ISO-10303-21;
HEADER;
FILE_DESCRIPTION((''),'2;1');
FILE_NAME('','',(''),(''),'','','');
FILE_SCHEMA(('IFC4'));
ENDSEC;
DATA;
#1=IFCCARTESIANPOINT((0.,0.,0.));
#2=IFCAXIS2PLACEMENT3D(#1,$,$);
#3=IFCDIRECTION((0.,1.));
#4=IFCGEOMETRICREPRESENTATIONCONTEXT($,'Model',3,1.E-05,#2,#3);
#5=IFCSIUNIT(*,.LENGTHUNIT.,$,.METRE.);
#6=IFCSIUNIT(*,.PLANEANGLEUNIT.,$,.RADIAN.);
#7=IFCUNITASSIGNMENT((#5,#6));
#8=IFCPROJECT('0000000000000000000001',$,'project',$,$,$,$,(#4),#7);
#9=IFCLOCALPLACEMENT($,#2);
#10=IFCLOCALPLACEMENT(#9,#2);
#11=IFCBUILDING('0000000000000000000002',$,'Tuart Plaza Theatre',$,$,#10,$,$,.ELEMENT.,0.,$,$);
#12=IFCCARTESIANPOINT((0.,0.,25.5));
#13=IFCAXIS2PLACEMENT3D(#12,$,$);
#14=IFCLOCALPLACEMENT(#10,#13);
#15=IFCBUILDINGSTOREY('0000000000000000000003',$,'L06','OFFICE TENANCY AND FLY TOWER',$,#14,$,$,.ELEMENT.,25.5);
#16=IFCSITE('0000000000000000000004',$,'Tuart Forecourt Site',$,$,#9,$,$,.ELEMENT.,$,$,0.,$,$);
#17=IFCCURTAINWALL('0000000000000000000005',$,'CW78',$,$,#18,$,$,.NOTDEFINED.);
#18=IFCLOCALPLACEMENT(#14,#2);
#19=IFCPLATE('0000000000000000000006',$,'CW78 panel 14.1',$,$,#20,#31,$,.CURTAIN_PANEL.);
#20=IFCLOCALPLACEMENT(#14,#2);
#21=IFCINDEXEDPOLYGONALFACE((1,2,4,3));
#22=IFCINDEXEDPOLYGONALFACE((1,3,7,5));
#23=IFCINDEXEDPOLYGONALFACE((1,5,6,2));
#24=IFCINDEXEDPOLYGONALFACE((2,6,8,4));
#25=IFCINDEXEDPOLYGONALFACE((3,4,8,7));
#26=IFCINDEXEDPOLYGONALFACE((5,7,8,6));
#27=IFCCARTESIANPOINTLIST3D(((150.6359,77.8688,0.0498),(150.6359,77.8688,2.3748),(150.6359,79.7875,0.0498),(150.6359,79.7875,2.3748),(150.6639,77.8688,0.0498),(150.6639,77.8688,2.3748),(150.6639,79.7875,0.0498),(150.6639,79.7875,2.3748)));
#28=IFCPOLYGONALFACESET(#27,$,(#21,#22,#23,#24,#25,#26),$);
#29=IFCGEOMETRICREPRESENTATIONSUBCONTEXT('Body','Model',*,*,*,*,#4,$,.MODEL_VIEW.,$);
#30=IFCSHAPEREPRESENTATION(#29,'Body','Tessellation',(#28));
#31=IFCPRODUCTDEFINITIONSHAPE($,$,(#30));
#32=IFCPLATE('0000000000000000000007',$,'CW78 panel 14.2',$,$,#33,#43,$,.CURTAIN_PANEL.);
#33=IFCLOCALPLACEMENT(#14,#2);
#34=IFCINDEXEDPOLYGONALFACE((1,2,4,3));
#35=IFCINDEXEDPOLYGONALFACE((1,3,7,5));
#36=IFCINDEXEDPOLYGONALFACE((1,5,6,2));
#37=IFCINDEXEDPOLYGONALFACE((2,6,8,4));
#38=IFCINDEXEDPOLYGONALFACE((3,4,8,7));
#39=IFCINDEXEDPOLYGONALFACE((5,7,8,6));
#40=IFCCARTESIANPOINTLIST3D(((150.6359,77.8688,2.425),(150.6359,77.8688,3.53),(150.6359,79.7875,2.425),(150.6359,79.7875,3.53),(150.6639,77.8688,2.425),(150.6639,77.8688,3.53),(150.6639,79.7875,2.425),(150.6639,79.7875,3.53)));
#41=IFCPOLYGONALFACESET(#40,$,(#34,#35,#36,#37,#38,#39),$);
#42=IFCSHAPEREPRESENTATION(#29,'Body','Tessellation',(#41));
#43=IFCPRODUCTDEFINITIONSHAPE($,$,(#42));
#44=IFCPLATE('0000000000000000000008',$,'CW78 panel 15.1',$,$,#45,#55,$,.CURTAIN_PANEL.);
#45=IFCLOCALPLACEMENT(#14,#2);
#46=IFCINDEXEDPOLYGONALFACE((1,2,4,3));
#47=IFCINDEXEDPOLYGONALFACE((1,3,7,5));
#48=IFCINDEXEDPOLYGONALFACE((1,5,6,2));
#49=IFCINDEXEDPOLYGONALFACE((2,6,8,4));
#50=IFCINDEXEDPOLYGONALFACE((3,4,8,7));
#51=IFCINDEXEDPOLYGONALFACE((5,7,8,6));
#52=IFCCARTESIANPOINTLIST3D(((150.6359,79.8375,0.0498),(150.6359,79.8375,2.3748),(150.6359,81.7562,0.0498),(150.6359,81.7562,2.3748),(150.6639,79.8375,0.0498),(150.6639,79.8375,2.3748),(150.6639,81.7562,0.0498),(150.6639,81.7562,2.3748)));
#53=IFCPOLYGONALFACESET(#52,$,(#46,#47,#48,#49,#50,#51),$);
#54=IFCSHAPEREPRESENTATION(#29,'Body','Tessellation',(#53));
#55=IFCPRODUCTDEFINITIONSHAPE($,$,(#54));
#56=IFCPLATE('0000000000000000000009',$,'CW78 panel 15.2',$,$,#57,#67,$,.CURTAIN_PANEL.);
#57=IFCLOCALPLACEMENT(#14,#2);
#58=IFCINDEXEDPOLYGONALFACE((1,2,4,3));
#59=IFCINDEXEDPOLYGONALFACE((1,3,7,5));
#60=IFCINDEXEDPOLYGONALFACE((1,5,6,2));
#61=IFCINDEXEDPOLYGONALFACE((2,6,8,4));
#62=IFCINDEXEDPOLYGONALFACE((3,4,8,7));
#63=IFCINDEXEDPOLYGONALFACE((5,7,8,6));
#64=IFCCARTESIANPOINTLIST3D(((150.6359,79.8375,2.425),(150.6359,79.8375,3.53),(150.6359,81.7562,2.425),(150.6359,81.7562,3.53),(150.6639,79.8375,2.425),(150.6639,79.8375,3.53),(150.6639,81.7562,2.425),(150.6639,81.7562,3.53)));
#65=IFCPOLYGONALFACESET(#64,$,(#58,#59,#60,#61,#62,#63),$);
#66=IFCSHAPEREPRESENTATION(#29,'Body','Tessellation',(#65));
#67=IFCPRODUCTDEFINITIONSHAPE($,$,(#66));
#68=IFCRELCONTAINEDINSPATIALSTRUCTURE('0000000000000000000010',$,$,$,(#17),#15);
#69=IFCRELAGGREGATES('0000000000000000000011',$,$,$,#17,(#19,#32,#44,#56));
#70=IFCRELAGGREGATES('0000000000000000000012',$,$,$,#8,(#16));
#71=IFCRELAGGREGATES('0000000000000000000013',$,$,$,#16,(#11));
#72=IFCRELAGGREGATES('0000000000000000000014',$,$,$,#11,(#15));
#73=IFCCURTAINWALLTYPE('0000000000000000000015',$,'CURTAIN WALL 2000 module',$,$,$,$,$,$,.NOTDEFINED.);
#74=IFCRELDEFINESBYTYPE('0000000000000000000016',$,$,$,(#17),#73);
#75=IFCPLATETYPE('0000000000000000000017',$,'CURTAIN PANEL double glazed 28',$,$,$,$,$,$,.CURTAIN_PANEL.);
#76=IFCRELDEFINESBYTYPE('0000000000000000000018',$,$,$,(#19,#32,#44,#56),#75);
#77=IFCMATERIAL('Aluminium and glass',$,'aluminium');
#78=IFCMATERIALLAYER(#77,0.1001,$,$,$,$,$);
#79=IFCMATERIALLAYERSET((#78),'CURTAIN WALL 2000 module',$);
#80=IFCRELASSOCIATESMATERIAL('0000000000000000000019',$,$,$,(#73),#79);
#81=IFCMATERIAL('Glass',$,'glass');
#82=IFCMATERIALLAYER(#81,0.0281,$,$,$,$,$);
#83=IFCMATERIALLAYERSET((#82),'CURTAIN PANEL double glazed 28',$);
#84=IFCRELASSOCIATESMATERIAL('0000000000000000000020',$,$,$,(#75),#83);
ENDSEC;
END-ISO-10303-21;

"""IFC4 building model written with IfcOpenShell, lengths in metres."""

from ifc_helpers import new_model, si_unit, direction, frame, origin, origin_2d, place, context, subcontext, project, spatial, rectangle, extrude, material, layer, layer_set, type_object, element, aggregate, save


model = new_model("IFC4")

# Units and contexts
model_context = context("Model", 3, precision=1e-05, world=origin(), true_north=direction((0.0, 1.0)))
body_context = subcontext(model_context, "Body", "Model", "MODEL_VIEW")
ifc_project = project(units=[si_unit("LENGTHUNIT", "METRE"), si_unit("PLANEANGLEUNIT", "RADIAN")], contexts=[model_context])

# Site, building, storey
site_placement = place(None, origin())
site = spatial("IfcSite", under=ifc_project, at=site_placement, Name="Tuart Forecourt Site", CompositionType="ELEMENT", RefElevation=0.0)
building_placement = place(site_placement, origin())
building = spatial("IfcBuilding", under=site, at=building_placement, Name="Tuart Plaza Theatre", CompositionType="ELEMENT", ElevationOfRefHeight=0.0)
storey_placement = place(building_placement, frame((0.0, 0.0, 25.5)))
storey = spatial("IfcBuildingStorey", under=building, at=storey_placement, Name="L06", Description="OFFICE TENANCY AND FLY TOWER", CompositionType="ELEMENT", Elevation=25.5)

# Curtain wall, plates
ifc_material_1 = material(Name="Aluminium and glass", Category="aluminium")
ifc_layer_1 = layer(ifc_material_1, 0.1001)
ifc_layer_set_1 = layer_set([ifc_layer_1], Name="CURTAIN WALL 2000 module")
curtain_wall_type = type_object("IfcCurtainWallType", Name="CURTAIN WALL 2000 module", PredefinedType="NOTDEFINED", material=ifc_layer_set_1)
curtain_wall_placement = place(storey_placement, origin())
curtain_wall = element("IfcCurtainWall", 1, at=curtain_wall_placement, inside=storey, type_object=curtain_wall_type, Name="CW78", PredefinedType="NOTDEFINED")
ifc_material_2 = material(Name="Glass", Category="glass")
ifc_layer_2 = layer(ifc_material_2, 0.0281)
ifc_layer_set_2 = layer_set([ifc_layer_2], Name="CURTAIN PANEL double glazed 28")
plate_type = type_object("IfcPlateType", Name="CURTAIN PANEL double glazed 28", PredefinedType="CURTAIN_PANEL", material=ifc_layer_set_2)
plate_1_placement = place(storey_placement, frame((150.6499, 78.8281, 0.0498), z_axis=(0.0, 0.0, 1.0), x_axis=(0.0, 1.0, 0.0)))
plate_1 = element("IfcPlate", 2, at=plate_1_placement, type_object=plate_type, Name="CW78 panel 14.1", PredefinedType="CURTAIN_PANEL", context=body_context, shape_type="SweptSolid", body=[
    extrude(rectangle(XDim=1.9187, YDim=0.0281, at=origin_2d()), origin(), (0.0, 0.0, 1.0), 2.325),
])
plate_2_placement = place(storey_placement, frame((150.6499, 78.8281, 2.425), z_axis=(0.0, 0.0, 1.0), x_axis=(0.0, 1.0, 0.0)))
plate_2 = element("IfcPlate", 3, at=plate_2_placement, type_object=plate_type, Name="CW78 panel 14.2", PredefinedType="CURTAIN_PANEL", context=body_context, shape_type="SweptSolid", body=[
    extrude(rectangle(XDim=1.9187, YDim=0.0281, at=origin_2d()), origin(), (0.0, 0.0, 1.0), 1.105),
])
plate_3_placement = place(storey_placement, frame((150.6499, 80.7969, 0.0498), z_axis=(0.0, 0.0, 1.0), x_axis=(0.0, 1.0, 0.0)))
plate_3 = element("IfcPlate", 4, at=plate_3_placement, type_object=plate_type, Name="CW78 panel 15.1", PredefinedType="CURTAIN_PANEL", context=body_context, shape_type="SweptSolid", body=[
    extrude(rectangle(XDim=1.9187, YDim=0.0281, at=origin_2d()), origin(), (0.0, 0.0, 1.0), 2.325),
])
plate_4_placement = place(storey_placement, frame((150.6499, 80.7969, 2.425), z_axis=(0.0, 0.0, 1.0), x_axis=(0.0, 1.0, 0.0)))
plate_4 = element("IfcPlate", 5, at=plate_4_placement, type_object=plate_type, Name="CW78 panel 15.2", PredefinedType="CURTAIN_PANEL", context=body_context, shape_type="SweptSolid", body=[
    extrude(rectangle(XDim=1.9187, YDim=0.0281, at=origin_2d()), origin(), (0.0, 0.0, 1.0), 1.105),
])
aggregate(curtain_wall, [plate_1, plate_2, plate_3, plate_4])

save(model, "model.ifc")
